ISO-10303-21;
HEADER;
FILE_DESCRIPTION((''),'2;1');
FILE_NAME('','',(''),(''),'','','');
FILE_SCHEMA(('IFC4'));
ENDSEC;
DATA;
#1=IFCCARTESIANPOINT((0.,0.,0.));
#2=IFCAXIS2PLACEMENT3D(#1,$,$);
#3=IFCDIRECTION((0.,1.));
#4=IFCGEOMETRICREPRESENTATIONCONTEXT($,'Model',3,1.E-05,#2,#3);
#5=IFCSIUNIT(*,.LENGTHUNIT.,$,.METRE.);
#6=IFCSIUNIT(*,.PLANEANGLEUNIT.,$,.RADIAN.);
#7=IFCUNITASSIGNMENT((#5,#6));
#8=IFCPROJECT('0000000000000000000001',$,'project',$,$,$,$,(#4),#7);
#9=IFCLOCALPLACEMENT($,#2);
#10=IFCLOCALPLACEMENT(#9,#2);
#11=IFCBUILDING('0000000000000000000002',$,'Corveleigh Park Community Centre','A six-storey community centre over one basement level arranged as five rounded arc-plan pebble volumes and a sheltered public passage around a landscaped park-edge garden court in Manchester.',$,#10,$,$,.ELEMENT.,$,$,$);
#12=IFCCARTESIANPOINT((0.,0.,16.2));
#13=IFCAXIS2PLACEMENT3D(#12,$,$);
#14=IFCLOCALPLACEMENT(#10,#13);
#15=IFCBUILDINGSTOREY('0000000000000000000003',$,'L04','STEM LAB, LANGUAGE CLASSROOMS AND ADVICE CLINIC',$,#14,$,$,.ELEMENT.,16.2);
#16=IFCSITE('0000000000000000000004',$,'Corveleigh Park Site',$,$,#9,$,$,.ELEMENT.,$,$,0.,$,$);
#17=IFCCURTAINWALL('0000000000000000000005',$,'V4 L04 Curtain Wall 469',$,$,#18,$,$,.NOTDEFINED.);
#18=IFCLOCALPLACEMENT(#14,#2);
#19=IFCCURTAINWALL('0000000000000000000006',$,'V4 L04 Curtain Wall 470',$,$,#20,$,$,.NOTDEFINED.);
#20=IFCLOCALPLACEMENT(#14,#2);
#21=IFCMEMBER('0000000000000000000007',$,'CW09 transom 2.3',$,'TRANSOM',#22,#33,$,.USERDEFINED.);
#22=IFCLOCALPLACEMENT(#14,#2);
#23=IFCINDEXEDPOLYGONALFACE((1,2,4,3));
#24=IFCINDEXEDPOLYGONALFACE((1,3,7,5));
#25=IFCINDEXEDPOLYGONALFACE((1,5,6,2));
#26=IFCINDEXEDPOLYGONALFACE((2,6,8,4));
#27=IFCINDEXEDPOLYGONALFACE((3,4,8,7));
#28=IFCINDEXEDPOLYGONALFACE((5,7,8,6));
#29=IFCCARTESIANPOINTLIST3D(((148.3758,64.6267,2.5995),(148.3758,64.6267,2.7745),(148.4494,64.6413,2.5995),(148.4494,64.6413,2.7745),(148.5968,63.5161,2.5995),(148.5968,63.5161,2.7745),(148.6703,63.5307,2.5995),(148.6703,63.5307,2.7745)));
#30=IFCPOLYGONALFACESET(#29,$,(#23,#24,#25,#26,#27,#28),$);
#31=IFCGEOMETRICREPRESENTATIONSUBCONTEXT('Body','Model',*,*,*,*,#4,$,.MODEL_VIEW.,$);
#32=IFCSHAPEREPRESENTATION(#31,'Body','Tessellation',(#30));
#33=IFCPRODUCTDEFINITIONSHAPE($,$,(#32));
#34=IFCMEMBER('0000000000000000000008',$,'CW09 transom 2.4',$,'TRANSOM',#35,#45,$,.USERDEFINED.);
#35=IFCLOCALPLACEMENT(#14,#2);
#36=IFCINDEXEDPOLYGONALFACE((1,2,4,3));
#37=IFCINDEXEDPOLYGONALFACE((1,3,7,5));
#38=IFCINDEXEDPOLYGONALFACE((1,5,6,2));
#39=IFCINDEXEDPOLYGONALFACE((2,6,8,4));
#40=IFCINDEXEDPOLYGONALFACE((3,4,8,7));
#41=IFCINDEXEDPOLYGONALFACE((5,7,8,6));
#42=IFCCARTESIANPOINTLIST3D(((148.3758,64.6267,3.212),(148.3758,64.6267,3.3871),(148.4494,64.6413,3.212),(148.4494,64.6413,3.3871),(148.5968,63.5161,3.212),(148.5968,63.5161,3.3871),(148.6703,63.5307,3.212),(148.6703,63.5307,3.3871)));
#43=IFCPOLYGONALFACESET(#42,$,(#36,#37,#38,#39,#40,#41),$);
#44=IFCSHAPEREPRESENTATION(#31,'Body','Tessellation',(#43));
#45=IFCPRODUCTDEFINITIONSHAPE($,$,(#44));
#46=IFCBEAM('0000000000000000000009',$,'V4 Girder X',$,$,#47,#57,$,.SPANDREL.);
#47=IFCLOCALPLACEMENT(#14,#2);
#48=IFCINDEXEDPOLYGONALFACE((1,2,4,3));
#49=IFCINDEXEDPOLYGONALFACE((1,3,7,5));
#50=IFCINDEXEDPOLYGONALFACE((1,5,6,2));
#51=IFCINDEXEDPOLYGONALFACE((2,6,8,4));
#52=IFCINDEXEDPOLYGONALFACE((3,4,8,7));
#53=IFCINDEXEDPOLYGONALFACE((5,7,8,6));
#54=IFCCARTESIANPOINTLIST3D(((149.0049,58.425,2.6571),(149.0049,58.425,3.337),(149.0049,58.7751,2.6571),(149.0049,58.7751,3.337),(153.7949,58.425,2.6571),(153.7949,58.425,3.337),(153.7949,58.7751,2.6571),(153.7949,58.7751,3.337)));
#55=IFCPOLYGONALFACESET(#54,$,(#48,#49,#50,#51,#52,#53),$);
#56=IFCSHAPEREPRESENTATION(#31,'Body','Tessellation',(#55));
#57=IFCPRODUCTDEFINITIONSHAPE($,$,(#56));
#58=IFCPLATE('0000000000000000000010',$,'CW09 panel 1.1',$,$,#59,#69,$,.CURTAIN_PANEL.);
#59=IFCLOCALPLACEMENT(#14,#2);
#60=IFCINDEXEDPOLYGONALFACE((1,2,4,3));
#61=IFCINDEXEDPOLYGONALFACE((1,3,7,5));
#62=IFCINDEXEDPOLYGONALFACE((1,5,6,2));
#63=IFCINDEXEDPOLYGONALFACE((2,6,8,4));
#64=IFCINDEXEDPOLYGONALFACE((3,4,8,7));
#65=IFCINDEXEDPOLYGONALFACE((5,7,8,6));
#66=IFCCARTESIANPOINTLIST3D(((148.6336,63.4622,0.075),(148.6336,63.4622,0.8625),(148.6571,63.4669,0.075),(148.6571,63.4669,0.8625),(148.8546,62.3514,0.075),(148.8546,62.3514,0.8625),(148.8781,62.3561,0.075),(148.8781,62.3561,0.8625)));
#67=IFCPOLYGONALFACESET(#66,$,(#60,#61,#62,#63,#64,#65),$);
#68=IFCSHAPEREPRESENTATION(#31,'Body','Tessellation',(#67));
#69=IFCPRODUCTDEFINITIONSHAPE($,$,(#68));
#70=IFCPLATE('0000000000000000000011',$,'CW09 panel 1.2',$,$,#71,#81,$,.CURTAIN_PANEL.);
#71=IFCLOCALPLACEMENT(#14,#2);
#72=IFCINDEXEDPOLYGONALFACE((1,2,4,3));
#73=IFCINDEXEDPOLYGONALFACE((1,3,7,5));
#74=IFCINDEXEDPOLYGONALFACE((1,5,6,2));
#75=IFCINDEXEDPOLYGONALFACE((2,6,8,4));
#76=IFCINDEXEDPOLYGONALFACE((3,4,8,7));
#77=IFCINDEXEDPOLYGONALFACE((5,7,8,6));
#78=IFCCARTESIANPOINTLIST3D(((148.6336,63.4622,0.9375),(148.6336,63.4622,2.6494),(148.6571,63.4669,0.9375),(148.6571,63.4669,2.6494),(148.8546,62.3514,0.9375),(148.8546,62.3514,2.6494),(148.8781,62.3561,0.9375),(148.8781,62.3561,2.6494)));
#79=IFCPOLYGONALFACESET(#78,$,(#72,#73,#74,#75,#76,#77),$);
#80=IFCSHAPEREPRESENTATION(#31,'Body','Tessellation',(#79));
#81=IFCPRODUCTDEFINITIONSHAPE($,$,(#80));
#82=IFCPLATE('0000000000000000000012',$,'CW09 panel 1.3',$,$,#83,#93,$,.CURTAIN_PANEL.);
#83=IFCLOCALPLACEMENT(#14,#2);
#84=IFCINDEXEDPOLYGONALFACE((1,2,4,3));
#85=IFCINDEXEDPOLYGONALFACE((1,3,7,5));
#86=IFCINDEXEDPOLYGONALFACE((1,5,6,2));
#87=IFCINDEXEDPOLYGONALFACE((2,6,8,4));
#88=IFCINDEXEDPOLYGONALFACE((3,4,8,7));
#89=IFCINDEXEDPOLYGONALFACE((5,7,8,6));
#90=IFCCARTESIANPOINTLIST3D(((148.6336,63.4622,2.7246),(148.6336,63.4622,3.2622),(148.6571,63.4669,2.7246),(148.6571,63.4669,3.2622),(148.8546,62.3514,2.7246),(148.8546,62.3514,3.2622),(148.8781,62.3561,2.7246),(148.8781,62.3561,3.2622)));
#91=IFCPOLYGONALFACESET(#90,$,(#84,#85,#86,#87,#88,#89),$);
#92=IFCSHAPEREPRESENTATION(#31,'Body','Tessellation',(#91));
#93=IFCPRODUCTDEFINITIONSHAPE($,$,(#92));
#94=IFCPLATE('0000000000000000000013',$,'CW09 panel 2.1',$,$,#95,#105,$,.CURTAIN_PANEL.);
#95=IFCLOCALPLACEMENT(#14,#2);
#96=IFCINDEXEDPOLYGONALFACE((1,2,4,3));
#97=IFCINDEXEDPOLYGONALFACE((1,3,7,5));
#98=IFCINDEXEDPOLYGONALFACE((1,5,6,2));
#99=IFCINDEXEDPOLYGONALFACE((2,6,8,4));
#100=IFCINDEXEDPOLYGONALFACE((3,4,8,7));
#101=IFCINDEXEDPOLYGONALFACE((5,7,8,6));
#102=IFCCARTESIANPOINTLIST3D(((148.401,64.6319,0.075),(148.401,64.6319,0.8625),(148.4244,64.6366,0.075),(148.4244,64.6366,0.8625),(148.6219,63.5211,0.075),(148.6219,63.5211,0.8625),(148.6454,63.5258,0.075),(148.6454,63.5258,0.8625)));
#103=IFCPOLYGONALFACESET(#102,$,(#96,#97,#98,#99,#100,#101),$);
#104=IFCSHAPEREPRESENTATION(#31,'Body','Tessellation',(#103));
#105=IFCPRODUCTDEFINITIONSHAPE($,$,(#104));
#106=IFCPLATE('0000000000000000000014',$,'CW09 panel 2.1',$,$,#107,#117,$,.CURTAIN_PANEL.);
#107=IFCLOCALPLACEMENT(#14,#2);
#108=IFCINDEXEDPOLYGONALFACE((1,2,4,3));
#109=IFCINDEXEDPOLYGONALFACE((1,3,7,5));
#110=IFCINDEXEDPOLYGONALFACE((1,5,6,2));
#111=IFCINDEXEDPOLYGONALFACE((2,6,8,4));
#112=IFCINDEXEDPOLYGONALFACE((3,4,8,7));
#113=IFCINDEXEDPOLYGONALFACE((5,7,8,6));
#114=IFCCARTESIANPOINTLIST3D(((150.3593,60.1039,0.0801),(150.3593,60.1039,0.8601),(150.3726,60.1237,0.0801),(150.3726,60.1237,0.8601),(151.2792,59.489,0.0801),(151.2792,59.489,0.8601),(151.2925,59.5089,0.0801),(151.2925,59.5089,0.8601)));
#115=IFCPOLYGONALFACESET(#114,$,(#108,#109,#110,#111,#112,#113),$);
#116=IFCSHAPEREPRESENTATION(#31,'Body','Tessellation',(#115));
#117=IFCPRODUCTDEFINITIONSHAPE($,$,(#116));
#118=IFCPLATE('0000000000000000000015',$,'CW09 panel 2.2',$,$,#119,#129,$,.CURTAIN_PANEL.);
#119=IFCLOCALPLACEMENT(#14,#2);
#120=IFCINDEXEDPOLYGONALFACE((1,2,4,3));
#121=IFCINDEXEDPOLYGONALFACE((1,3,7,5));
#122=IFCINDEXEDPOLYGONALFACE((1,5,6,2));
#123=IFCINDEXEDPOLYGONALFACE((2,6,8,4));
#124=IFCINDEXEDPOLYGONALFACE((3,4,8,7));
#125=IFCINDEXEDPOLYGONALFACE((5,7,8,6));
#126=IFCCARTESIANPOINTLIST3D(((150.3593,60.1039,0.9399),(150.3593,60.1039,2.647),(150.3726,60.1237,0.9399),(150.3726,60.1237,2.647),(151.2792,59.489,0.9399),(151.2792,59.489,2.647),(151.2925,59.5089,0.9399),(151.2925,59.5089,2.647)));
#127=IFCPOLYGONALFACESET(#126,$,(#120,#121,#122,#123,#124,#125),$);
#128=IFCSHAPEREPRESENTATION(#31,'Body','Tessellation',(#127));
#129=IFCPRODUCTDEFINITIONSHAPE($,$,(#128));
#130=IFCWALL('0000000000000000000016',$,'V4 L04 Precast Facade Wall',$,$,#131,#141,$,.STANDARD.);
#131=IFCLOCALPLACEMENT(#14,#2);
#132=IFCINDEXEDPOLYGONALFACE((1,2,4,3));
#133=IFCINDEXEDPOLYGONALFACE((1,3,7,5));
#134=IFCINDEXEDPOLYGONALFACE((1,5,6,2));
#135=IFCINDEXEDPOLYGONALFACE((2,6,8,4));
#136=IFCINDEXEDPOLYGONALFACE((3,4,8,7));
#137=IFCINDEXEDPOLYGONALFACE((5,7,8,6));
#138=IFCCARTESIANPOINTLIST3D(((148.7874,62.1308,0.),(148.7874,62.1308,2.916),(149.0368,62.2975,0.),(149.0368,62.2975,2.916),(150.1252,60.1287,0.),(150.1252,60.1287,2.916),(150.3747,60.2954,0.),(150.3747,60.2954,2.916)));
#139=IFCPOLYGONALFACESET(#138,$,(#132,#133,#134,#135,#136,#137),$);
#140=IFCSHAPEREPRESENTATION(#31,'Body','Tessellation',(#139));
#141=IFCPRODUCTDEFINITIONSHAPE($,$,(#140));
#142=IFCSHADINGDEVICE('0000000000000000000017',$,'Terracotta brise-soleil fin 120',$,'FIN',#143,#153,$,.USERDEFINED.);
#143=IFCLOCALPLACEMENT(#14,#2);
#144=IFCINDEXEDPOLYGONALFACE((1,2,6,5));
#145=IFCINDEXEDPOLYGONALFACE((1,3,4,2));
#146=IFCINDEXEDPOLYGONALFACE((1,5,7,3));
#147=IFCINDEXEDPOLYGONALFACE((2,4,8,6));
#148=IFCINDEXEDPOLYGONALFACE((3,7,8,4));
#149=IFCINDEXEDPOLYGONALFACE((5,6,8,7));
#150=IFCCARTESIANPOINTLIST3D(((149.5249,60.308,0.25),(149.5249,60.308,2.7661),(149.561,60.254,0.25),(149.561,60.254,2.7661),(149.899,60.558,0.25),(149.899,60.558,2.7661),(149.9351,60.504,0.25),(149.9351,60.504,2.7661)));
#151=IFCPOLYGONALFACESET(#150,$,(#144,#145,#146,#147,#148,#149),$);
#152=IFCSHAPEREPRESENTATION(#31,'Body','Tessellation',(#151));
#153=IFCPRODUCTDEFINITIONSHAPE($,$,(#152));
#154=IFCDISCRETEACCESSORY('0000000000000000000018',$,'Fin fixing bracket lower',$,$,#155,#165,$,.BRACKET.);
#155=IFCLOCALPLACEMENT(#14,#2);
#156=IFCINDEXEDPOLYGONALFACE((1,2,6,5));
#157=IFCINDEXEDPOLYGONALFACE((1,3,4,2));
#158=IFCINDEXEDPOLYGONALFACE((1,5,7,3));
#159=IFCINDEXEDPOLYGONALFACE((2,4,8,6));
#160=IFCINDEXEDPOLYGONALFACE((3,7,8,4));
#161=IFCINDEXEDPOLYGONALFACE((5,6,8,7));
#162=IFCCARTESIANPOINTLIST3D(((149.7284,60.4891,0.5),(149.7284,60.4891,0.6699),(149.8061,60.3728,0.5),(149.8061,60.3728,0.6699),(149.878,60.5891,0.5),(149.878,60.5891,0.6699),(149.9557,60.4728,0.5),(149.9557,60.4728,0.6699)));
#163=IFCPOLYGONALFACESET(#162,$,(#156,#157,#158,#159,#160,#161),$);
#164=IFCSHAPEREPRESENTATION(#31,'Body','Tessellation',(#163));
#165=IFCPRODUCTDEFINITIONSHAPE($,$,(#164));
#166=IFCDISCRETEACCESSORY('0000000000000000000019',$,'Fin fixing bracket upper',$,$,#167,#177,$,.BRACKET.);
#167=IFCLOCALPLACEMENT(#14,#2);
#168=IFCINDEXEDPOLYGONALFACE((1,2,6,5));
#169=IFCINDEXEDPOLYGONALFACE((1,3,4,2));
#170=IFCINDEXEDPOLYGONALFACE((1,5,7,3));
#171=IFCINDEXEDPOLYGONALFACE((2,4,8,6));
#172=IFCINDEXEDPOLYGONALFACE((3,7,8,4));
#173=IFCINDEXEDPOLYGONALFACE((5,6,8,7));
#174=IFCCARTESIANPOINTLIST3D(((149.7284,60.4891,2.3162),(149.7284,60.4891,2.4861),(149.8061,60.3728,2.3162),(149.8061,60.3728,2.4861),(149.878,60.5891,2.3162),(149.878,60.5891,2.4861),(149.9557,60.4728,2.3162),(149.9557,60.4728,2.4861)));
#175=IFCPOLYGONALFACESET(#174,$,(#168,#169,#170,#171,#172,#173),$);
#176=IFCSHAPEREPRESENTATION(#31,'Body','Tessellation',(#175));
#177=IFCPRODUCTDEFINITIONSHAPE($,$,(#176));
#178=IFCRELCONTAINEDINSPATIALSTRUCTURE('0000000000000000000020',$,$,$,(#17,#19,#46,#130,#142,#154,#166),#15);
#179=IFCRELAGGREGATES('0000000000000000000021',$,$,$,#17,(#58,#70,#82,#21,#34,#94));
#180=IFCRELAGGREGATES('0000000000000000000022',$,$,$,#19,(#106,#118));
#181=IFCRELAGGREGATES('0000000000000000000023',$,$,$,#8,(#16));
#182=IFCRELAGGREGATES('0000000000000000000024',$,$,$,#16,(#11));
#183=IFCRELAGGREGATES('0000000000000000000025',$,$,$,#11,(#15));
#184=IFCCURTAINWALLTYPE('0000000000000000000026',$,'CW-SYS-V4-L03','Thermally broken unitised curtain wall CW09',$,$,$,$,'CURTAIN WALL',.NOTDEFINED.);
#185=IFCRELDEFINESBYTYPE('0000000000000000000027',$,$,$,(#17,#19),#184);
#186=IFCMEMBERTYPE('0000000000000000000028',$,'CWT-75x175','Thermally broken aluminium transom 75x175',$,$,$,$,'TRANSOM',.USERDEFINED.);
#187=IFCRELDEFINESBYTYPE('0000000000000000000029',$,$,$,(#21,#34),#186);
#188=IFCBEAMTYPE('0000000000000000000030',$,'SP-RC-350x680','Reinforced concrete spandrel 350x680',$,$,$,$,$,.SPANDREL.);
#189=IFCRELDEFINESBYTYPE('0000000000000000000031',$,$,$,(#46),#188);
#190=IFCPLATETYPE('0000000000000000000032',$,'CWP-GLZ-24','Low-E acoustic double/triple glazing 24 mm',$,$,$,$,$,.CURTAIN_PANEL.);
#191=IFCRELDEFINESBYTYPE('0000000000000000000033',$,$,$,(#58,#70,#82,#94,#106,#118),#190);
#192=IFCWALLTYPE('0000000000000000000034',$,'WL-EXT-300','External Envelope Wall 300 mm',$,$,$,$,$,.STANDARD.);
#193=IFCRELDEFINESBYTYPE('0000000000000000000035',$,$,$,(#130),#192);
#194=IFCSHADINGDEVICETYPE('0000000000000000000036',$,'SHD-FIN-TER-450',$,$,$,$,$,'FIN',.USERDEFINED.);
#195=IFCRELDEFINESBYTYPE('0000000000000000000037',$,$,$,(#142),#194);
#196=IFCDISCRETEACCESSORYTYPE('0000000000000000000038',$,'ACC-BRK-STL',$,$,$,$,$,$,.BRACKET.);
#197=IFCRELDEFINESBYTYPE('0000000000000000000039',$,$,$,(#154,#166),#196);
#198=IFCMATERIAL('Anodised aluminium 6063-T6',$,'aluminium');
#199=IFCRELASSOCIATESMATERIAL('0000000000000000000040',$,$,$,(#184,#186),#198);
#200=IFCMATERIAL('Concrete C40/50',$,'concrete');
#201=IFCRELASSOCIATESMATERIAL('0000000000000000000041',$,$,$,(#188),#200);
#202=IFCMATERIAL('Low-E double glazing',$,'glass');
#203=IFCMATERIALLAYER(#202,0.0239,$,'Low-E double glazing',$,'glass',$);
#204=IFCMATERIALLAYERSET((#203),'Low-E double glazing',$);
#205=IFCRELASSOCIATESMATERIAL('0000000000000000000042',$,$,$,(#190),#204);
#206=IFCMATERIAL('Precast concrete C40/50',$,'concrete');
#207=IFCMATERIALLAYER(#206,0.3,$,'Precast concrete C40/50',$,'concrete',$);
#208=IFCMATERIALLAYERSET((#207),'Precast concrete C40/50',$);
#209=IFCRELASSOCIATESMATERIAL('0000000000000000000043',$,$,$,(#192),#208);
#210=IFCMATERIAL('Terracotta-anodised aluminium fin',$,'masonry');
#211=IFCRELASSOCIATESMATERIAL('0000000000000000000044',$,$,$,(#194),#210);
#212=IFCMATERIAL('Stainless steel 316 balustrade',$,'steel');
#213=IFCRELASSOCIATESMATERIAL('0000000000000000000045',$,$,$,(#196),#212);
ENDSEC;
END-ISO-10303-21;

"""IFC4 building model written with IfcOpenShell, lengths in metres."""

from ifc_helpers import new_model, si_unit, direction, frame, frame_2d, origin, origin_2d, place, context, subcontext, project, spatial, rectangle, extrude, material, layer, layer_set, material_profile, profile_set, type_object, element, aggregate, save


model = new_model("IFC4")

# Units and contexts
model_context = context("Model", 3, precision=1e-05, world=origin(), true_north=direction((0.0, 1.0)))
body_context = subcontext(model_context, "Body", "Model", "MODEL_VIEW")
ifc_project = project(units=[si_unit("LENGTHUNIT", "METRE"), si_unit("PLANEANGLEUNIT", "RADIAN")], contexts=[model_context])

# Site, building, storey
site_placement = place(None, origin())
site = spatial("IfcSite", under=ifc_project, at=site_placement, Name="Corveleigh Park Site", CompositionType="ELEMENT", RefElevation=0.0)
building_placement = place(site_placement, origin())
building = spatial("IfcBuilding", under=site, at=building_placement, Name="Corveleigh Park Community Centre", Description="A six-storey community centre over one basement level arranged as five rounded arc-plan pebble volumes and a sheltered public passage around a landscaped park-edge garden court in Manchester.", CompositionType="ELEMENT")
storey_placement = place(building_placement, frame((0.0, 0.0, 16.2)))
storey = spatial("IfcBuildingStorey", under=building, at=storey_placement, Name="L04", Description="STEM LAB, LANGUAGE CLASSROOMS AND ADVICE CLINIC", CompositionType="ELEMENT", Elevation=16.2)

# Shared definitions
ifc_material_1 = material(Name="Concrete C40/50", Category="concrete")

# Curtain wall
ifc_material_2 = material(Name="Anodised aluminium 6063-T6", Category="aluminium")
curtain_wall_type = type_object("IfcCurtainWallType", Name="CW-SYS-V4-L03", Description="Thermally broken unitised curtain wall CW09", ElementType="CURTAIN WALL", PredefinedType="NOTDEFINED", material=ifc_material_2)
curtain_wall_1_placement = place(storey_placement, origin())
curtain_wall_1 = element("IfcCurtainWall", 1, at=curtain_wall_1_placement, inside=storey, type_object=curtain_wall_type, Name="V4 L04 Curtain Wall 469", PredefinedType="NOTDEFINED")

# Curtain wall
curtain_wall_2_placement = place(storey_placement, origin())
curtain_wall_2 = element("IfcCurtainWall", 2, at=curtain_wall_2_placement, inside=storey, type_object=curtain_wall_type, Name="V4 L04 Curtain Wall 470", PredefinedType="NOTDEFINED")

# Members
ifc_material_profile_1 = material_profile(ifc_material_2, rectangle(XDim=0.075, YDim=0.175, at=origin_2d()), Name="ALU-T75x175", Category="aluminium")
ifc_profile_set_1 = profile_set([ifc_material_profile_1], Name="Anodised aluminium 6063-T6")
member_type_1 = type_object("IfcMemberType", Name="CWT-75x175", Description="Thermally broken aluminium transom 75x175", ElementType="TRANSOM", PredefinedType="USERDEFINED", material=ifc_profile_set_1)
member_1_placement = place(storey_placement, frame((148.6335, 63.5234, 2.687), z_axis=(-0.195121, 0.980779, 0.0), x_axis=(-0.980779, -0.195121, 0.0)))
member_1 = element("IfcMember", 3, at=member_1_placement, type_object=member_type_1, Name="CW09 transom 2.3", ObjectType="TRANSOM", PredefinedType="USERDEFINED", context=body_context, shape_type="SweptSolid", body=[
    extrude(rectangle(XDim=0.075, YDim=0.175, at=origin_2d()), origin(), (0.0, 0.0, 1.0), 1.1323),
])
member_2_placement = place(storey_placement, frame((148.6335, 63.5234, 3.2996), z_axis=(-0.195121, 0.980779, 0.0), x_axis=(-0.980779, -0.195121, 0.0)))
member_2 = element("IfcMember", 4, at=member_2_placement, type_object=member_type_1, Name="CW09 transom 2.4", ObjectType="TRANSOM", PredefinedType="USERDEFINED", context=body_context, shape_type="SweptSolid", body=[
    extrude(rectangle(XDim=0.075, YDim=0.175, at=origin_2d()), origin(), (0.0, 0.0, 1.0), 1.1323),
])

# Beam
ifc_material_profile_2 = material_profile(ifc_material_1, rectangle(XDim=0.3501, YDim=0.6799, at=origin_2d()), Name="RC-350x680", Category="concrete")
ifc_profile_set_2 = profile_set([ifc_material_profile_2], Name="Concrete C40/50")
beam_type_1 = type_object("IfcBeamType", Name="SP-RC-350x680", Description="Reinforced concrete spandrel 350x680", PredefinedType="SPANDREL", material=ifc_profile_set_2)
beam_1_placement = place(storey_placement, frame((149.0049, 58.6001, 2.9971), z_axis=(1.0, 0.0, 0.0), x_axis=(0.0, 1.0, 0.0)))
element("IfcBeam", 5, at=beam_1_placement, inside=storey, type_object=beam_type_1, Name="V4 Girder X", PredefinedType="SPANDREL", context=body_context, shape_type="SweptSolid", body=[
    extrude(rectangle(XDim=0.3501, YDim=0.6799, at=origin_2d()), origin(), (0.0, 0.0, 1.0), 4.79),
])

# Plates
ifc_material_3 = material(Name="Low-E double glazing", Category="glass")
ifc_layer_1 = layer(ifc_material_3, 0.0239, Name="Low-E double glazing", Category="glass")
ifc_layer_set_1 = layer_set([ifc_layer_1], Name="Low-E double glazing")
plate_type = type_object("IfcPlateType", Name="CWP-GLZ-24", Description="Low-E acoustic double/triple glazing 24 mm", PredefinedType="CURTAIN_PANEL", material=ifc_layer_set_1)
plate_1_placement = place(storey_placement, frame((148.7559, 62.9092, 0.075), z_axis=(0.0, 0.0, 1.0), x_axis=(-0.195094, 0.980785, 0.0)))
plate_1 = element("IfcPlate", 6, at=plate_1_placement, type_object=plate_type, Name="CW09 panel 1.1", PredefinedType="CURTAIN_PANEL", context=body_context, shape_type="SweptSolid", body=[
    extrude(rectangle(XDim=1.1326, YDim=0.0239, at=origin_2d()), origin(), (0.0, 0.0, 1.0), 0.7876),
])
plate_2_placement = place(storey_placement, frame((148.7559, 62.9092, 0.9375), z_axis=(0.0, 0.0, 1.0), x_axis=(-0.195094, 0.980785, 0.0)))
plate_2 = element("IfcPlate", 7, at=plate_2_placement, type_object=plate_type, Name="CW09 panel 1.2", PredefinedType="CURTAIN_PANEL", context=body_context, shape_type="SweptSolid", body=[
    extrude(rectangle(XDim=1.1326, YDim=0.0239, at=origin_2d()), origin(), (0.0, 0.0, 1.0), 1.7119),
])
plate_3_placement = place(storey_placement, frame((148.7559, 62.9092, 2.7246), z_axis=(0.0, 0.0, 1.0), x_axis=(-0.195094, 0.980785, 0.0)))
plate_3 = element("IfcPlate", 8, at=plate_3_placement, type_object=plate_type, Name="CW09 panel 1.3", PredefinedType="CURTAIN_PANEL", context=body_context, shape_type="SweptSolid", body=[
    extrude(rectangle(XDim=1.1326, YDim=0.0239, at=origin_2d()), origin(), (0.0, 0.0, 1.0), 0.5376),
])
plate_4_placement = place(storey_placement, frame((148.5232, 64.0789, 0.075), z_axis=(0.0, 0.0, 1.0), x_axis=(-0.195094, 0.980785, 0.0)))
plate_4 = element("IfcPlate", 9, at=plate_4_placement, type_object=plate_type, Name="CW09 panel 2.1", PredefinedType="CURTAIN_PANEL", context=body_context, shape_type="SweptSolid", body=[
    extrude(rectangle(XDim=1.1326, YDim=0.0239, at=origin_2d()), origin(), (0.0, 0.0, 1.0), 0.7876),
])
aggregate(curtain_wall_1, [plate_1, plate_2, plate_3, member_1, member_2, plate_4])
plate_5_placement = place(storey_placement, frame((150.8259, 59.8064, 0.0801), z_axis=(0.0, 0.0, 1.0), x_axis=(-0.831411, 0.555658, 0.0)))
plate_5 = element("IfcPlate", 10, at=plate_5_placement, type_object=plate_type, Name="CW09 panel 2.1", PredefinedType="CURTAIN_PANEL", context=body_context, shape_type="SweptSolid", body=[
    extrude(rectangle(XDim=1.1064, YDim=0.0239, at=origin_2d()), origin(), (0.0, 0.0, 1.0), 0.78),
])
plate_6_placement = place(storey_placement, frame((150.8259, 59.8064, 0.9399), z_axis=(0.0, 0.0, 1.0), x_axis=(-0.831411, 0.555658, 0.0)))
plate_6 = element("IfcPlate", 11, at=plate_6_placement, type_object=plate_type, Name="CW09 panel 2.2", PredefinedType="CURTAIN_PANEL", context=body_context, shape_type="SweptSolid", body=[
    extrude(rectangle(XDim=1.1064, YDim=0.0239, at=origin_2d()), origin(), (0.0, 0.0, 1.0), 1.707),
])
aggregate(curtain_wall_2, [plate_5, plate_6])

# Wall
ifc_material_4 = material(Name="Precast concrete C40/50", Category="concrete")
ifc_layer_2 = layer(ifc_material_4, 0.3, Name="Precast concrete C40/50", Category="concrete")
ifc_layer_set_2 = layer_set([ifc_layer_2], Name="Precast concrete C40/50")
wall_type = type_object("IfcWallType", Name="WL-EXT-300", Description="External Envelope Wall 300 mm", PredefinedType="STANDARD", material=ifc_layer_set_2)
wall_placement = place(storey_placement, frame((150.25, 60.2119, 0.0), z_axis=(0.0, 0.0, 1.0), x_axis=(-0.555589, 0.831457, 0.0)))
element("IfcWall", 12, at=wall_placement, inside=storey, type_object=wall_type, Name="V4 L04 Precast Facade Wall", PredefinedType="STANDARD", context=body_context, shape_type="SweptSolid", body=[
    extrude(rectangle(XDim=2.408, YDim=0.3, at=frame_2d((1.2041, 0.0))), origin(), (0.0, 0.0, 1.0), 2.916),
])

# Shading device
ifc_material_5 = material(Name="Terracotta-anodised aluminium fin", Category="masonry")
shading_device_type = type_object("IfcShadingDeviceType", Name="SHD-FIN-TER-450", ElementType="FIN", PredefinedType="USERDEFINED", material=ifc_material_5)
shading_device_placement = place(storey_placement, frame((149.73, 60.406, 0.25), z_axis=(0.0, 0.0, 1.0), x_axis=(-0.831411, -0.555658, 0.0)))
element("IfcShadingDevice", 13, at=shading_device_placement, inside=storey, type_object=shading_device_type, Name="Terracotta brise-soleil fin 120", ObjectType="FIN", PredefinedType="USERDEFINED", context=body_context, shape_type="SweptSolid", body=[
    extrude(rectangle(XDim=0.45, YDim=0.0649, at=origin_2d()), origin(), (0.0, 0.0, 1.0), 2.5161),
])

# Discrete accessories
ifc_material_6 = material(Name="Stainless steel 316 balustrade", Category="steel")
discrete_accessory_type = type_object("IfcDiscreteAccessoryType", Name="ACC-BRK-STL", PredefinedType="BRACKET", material=ifc_material_6)
for number, where, z_axis, x_axis, name in (
    (14, (149.842, 60.481, 0.5), (0.0, 0.0, 1.0), (-0.831411, -0.555658, 0.0), "Fin fixing bracket lower"),
    (15, (149.842, 60.481, 2.3162), (0.0, 0.0, 1.0), (-0.831411, -0.555658, 0.0), "Fin fixing bracket upper"),
):
    element("IfcDiscreteAccessory", number, at=place(storey_placement, frame(where, z_axis=z_axis, x_axis=x_axis)), inside=storey, type_object=discrete_accessory_type, Name=name, PredefinedType="BRACKET", context=body_context, shape_type="SweptSolid", body=[
        extrude(rectangle(XDim=0.1799, YDim=0.1399, at=origin_2d()), origin(), (0.0, 0.0, 1.0), 0.1699),
    ])

save(model, "model.ifc")
